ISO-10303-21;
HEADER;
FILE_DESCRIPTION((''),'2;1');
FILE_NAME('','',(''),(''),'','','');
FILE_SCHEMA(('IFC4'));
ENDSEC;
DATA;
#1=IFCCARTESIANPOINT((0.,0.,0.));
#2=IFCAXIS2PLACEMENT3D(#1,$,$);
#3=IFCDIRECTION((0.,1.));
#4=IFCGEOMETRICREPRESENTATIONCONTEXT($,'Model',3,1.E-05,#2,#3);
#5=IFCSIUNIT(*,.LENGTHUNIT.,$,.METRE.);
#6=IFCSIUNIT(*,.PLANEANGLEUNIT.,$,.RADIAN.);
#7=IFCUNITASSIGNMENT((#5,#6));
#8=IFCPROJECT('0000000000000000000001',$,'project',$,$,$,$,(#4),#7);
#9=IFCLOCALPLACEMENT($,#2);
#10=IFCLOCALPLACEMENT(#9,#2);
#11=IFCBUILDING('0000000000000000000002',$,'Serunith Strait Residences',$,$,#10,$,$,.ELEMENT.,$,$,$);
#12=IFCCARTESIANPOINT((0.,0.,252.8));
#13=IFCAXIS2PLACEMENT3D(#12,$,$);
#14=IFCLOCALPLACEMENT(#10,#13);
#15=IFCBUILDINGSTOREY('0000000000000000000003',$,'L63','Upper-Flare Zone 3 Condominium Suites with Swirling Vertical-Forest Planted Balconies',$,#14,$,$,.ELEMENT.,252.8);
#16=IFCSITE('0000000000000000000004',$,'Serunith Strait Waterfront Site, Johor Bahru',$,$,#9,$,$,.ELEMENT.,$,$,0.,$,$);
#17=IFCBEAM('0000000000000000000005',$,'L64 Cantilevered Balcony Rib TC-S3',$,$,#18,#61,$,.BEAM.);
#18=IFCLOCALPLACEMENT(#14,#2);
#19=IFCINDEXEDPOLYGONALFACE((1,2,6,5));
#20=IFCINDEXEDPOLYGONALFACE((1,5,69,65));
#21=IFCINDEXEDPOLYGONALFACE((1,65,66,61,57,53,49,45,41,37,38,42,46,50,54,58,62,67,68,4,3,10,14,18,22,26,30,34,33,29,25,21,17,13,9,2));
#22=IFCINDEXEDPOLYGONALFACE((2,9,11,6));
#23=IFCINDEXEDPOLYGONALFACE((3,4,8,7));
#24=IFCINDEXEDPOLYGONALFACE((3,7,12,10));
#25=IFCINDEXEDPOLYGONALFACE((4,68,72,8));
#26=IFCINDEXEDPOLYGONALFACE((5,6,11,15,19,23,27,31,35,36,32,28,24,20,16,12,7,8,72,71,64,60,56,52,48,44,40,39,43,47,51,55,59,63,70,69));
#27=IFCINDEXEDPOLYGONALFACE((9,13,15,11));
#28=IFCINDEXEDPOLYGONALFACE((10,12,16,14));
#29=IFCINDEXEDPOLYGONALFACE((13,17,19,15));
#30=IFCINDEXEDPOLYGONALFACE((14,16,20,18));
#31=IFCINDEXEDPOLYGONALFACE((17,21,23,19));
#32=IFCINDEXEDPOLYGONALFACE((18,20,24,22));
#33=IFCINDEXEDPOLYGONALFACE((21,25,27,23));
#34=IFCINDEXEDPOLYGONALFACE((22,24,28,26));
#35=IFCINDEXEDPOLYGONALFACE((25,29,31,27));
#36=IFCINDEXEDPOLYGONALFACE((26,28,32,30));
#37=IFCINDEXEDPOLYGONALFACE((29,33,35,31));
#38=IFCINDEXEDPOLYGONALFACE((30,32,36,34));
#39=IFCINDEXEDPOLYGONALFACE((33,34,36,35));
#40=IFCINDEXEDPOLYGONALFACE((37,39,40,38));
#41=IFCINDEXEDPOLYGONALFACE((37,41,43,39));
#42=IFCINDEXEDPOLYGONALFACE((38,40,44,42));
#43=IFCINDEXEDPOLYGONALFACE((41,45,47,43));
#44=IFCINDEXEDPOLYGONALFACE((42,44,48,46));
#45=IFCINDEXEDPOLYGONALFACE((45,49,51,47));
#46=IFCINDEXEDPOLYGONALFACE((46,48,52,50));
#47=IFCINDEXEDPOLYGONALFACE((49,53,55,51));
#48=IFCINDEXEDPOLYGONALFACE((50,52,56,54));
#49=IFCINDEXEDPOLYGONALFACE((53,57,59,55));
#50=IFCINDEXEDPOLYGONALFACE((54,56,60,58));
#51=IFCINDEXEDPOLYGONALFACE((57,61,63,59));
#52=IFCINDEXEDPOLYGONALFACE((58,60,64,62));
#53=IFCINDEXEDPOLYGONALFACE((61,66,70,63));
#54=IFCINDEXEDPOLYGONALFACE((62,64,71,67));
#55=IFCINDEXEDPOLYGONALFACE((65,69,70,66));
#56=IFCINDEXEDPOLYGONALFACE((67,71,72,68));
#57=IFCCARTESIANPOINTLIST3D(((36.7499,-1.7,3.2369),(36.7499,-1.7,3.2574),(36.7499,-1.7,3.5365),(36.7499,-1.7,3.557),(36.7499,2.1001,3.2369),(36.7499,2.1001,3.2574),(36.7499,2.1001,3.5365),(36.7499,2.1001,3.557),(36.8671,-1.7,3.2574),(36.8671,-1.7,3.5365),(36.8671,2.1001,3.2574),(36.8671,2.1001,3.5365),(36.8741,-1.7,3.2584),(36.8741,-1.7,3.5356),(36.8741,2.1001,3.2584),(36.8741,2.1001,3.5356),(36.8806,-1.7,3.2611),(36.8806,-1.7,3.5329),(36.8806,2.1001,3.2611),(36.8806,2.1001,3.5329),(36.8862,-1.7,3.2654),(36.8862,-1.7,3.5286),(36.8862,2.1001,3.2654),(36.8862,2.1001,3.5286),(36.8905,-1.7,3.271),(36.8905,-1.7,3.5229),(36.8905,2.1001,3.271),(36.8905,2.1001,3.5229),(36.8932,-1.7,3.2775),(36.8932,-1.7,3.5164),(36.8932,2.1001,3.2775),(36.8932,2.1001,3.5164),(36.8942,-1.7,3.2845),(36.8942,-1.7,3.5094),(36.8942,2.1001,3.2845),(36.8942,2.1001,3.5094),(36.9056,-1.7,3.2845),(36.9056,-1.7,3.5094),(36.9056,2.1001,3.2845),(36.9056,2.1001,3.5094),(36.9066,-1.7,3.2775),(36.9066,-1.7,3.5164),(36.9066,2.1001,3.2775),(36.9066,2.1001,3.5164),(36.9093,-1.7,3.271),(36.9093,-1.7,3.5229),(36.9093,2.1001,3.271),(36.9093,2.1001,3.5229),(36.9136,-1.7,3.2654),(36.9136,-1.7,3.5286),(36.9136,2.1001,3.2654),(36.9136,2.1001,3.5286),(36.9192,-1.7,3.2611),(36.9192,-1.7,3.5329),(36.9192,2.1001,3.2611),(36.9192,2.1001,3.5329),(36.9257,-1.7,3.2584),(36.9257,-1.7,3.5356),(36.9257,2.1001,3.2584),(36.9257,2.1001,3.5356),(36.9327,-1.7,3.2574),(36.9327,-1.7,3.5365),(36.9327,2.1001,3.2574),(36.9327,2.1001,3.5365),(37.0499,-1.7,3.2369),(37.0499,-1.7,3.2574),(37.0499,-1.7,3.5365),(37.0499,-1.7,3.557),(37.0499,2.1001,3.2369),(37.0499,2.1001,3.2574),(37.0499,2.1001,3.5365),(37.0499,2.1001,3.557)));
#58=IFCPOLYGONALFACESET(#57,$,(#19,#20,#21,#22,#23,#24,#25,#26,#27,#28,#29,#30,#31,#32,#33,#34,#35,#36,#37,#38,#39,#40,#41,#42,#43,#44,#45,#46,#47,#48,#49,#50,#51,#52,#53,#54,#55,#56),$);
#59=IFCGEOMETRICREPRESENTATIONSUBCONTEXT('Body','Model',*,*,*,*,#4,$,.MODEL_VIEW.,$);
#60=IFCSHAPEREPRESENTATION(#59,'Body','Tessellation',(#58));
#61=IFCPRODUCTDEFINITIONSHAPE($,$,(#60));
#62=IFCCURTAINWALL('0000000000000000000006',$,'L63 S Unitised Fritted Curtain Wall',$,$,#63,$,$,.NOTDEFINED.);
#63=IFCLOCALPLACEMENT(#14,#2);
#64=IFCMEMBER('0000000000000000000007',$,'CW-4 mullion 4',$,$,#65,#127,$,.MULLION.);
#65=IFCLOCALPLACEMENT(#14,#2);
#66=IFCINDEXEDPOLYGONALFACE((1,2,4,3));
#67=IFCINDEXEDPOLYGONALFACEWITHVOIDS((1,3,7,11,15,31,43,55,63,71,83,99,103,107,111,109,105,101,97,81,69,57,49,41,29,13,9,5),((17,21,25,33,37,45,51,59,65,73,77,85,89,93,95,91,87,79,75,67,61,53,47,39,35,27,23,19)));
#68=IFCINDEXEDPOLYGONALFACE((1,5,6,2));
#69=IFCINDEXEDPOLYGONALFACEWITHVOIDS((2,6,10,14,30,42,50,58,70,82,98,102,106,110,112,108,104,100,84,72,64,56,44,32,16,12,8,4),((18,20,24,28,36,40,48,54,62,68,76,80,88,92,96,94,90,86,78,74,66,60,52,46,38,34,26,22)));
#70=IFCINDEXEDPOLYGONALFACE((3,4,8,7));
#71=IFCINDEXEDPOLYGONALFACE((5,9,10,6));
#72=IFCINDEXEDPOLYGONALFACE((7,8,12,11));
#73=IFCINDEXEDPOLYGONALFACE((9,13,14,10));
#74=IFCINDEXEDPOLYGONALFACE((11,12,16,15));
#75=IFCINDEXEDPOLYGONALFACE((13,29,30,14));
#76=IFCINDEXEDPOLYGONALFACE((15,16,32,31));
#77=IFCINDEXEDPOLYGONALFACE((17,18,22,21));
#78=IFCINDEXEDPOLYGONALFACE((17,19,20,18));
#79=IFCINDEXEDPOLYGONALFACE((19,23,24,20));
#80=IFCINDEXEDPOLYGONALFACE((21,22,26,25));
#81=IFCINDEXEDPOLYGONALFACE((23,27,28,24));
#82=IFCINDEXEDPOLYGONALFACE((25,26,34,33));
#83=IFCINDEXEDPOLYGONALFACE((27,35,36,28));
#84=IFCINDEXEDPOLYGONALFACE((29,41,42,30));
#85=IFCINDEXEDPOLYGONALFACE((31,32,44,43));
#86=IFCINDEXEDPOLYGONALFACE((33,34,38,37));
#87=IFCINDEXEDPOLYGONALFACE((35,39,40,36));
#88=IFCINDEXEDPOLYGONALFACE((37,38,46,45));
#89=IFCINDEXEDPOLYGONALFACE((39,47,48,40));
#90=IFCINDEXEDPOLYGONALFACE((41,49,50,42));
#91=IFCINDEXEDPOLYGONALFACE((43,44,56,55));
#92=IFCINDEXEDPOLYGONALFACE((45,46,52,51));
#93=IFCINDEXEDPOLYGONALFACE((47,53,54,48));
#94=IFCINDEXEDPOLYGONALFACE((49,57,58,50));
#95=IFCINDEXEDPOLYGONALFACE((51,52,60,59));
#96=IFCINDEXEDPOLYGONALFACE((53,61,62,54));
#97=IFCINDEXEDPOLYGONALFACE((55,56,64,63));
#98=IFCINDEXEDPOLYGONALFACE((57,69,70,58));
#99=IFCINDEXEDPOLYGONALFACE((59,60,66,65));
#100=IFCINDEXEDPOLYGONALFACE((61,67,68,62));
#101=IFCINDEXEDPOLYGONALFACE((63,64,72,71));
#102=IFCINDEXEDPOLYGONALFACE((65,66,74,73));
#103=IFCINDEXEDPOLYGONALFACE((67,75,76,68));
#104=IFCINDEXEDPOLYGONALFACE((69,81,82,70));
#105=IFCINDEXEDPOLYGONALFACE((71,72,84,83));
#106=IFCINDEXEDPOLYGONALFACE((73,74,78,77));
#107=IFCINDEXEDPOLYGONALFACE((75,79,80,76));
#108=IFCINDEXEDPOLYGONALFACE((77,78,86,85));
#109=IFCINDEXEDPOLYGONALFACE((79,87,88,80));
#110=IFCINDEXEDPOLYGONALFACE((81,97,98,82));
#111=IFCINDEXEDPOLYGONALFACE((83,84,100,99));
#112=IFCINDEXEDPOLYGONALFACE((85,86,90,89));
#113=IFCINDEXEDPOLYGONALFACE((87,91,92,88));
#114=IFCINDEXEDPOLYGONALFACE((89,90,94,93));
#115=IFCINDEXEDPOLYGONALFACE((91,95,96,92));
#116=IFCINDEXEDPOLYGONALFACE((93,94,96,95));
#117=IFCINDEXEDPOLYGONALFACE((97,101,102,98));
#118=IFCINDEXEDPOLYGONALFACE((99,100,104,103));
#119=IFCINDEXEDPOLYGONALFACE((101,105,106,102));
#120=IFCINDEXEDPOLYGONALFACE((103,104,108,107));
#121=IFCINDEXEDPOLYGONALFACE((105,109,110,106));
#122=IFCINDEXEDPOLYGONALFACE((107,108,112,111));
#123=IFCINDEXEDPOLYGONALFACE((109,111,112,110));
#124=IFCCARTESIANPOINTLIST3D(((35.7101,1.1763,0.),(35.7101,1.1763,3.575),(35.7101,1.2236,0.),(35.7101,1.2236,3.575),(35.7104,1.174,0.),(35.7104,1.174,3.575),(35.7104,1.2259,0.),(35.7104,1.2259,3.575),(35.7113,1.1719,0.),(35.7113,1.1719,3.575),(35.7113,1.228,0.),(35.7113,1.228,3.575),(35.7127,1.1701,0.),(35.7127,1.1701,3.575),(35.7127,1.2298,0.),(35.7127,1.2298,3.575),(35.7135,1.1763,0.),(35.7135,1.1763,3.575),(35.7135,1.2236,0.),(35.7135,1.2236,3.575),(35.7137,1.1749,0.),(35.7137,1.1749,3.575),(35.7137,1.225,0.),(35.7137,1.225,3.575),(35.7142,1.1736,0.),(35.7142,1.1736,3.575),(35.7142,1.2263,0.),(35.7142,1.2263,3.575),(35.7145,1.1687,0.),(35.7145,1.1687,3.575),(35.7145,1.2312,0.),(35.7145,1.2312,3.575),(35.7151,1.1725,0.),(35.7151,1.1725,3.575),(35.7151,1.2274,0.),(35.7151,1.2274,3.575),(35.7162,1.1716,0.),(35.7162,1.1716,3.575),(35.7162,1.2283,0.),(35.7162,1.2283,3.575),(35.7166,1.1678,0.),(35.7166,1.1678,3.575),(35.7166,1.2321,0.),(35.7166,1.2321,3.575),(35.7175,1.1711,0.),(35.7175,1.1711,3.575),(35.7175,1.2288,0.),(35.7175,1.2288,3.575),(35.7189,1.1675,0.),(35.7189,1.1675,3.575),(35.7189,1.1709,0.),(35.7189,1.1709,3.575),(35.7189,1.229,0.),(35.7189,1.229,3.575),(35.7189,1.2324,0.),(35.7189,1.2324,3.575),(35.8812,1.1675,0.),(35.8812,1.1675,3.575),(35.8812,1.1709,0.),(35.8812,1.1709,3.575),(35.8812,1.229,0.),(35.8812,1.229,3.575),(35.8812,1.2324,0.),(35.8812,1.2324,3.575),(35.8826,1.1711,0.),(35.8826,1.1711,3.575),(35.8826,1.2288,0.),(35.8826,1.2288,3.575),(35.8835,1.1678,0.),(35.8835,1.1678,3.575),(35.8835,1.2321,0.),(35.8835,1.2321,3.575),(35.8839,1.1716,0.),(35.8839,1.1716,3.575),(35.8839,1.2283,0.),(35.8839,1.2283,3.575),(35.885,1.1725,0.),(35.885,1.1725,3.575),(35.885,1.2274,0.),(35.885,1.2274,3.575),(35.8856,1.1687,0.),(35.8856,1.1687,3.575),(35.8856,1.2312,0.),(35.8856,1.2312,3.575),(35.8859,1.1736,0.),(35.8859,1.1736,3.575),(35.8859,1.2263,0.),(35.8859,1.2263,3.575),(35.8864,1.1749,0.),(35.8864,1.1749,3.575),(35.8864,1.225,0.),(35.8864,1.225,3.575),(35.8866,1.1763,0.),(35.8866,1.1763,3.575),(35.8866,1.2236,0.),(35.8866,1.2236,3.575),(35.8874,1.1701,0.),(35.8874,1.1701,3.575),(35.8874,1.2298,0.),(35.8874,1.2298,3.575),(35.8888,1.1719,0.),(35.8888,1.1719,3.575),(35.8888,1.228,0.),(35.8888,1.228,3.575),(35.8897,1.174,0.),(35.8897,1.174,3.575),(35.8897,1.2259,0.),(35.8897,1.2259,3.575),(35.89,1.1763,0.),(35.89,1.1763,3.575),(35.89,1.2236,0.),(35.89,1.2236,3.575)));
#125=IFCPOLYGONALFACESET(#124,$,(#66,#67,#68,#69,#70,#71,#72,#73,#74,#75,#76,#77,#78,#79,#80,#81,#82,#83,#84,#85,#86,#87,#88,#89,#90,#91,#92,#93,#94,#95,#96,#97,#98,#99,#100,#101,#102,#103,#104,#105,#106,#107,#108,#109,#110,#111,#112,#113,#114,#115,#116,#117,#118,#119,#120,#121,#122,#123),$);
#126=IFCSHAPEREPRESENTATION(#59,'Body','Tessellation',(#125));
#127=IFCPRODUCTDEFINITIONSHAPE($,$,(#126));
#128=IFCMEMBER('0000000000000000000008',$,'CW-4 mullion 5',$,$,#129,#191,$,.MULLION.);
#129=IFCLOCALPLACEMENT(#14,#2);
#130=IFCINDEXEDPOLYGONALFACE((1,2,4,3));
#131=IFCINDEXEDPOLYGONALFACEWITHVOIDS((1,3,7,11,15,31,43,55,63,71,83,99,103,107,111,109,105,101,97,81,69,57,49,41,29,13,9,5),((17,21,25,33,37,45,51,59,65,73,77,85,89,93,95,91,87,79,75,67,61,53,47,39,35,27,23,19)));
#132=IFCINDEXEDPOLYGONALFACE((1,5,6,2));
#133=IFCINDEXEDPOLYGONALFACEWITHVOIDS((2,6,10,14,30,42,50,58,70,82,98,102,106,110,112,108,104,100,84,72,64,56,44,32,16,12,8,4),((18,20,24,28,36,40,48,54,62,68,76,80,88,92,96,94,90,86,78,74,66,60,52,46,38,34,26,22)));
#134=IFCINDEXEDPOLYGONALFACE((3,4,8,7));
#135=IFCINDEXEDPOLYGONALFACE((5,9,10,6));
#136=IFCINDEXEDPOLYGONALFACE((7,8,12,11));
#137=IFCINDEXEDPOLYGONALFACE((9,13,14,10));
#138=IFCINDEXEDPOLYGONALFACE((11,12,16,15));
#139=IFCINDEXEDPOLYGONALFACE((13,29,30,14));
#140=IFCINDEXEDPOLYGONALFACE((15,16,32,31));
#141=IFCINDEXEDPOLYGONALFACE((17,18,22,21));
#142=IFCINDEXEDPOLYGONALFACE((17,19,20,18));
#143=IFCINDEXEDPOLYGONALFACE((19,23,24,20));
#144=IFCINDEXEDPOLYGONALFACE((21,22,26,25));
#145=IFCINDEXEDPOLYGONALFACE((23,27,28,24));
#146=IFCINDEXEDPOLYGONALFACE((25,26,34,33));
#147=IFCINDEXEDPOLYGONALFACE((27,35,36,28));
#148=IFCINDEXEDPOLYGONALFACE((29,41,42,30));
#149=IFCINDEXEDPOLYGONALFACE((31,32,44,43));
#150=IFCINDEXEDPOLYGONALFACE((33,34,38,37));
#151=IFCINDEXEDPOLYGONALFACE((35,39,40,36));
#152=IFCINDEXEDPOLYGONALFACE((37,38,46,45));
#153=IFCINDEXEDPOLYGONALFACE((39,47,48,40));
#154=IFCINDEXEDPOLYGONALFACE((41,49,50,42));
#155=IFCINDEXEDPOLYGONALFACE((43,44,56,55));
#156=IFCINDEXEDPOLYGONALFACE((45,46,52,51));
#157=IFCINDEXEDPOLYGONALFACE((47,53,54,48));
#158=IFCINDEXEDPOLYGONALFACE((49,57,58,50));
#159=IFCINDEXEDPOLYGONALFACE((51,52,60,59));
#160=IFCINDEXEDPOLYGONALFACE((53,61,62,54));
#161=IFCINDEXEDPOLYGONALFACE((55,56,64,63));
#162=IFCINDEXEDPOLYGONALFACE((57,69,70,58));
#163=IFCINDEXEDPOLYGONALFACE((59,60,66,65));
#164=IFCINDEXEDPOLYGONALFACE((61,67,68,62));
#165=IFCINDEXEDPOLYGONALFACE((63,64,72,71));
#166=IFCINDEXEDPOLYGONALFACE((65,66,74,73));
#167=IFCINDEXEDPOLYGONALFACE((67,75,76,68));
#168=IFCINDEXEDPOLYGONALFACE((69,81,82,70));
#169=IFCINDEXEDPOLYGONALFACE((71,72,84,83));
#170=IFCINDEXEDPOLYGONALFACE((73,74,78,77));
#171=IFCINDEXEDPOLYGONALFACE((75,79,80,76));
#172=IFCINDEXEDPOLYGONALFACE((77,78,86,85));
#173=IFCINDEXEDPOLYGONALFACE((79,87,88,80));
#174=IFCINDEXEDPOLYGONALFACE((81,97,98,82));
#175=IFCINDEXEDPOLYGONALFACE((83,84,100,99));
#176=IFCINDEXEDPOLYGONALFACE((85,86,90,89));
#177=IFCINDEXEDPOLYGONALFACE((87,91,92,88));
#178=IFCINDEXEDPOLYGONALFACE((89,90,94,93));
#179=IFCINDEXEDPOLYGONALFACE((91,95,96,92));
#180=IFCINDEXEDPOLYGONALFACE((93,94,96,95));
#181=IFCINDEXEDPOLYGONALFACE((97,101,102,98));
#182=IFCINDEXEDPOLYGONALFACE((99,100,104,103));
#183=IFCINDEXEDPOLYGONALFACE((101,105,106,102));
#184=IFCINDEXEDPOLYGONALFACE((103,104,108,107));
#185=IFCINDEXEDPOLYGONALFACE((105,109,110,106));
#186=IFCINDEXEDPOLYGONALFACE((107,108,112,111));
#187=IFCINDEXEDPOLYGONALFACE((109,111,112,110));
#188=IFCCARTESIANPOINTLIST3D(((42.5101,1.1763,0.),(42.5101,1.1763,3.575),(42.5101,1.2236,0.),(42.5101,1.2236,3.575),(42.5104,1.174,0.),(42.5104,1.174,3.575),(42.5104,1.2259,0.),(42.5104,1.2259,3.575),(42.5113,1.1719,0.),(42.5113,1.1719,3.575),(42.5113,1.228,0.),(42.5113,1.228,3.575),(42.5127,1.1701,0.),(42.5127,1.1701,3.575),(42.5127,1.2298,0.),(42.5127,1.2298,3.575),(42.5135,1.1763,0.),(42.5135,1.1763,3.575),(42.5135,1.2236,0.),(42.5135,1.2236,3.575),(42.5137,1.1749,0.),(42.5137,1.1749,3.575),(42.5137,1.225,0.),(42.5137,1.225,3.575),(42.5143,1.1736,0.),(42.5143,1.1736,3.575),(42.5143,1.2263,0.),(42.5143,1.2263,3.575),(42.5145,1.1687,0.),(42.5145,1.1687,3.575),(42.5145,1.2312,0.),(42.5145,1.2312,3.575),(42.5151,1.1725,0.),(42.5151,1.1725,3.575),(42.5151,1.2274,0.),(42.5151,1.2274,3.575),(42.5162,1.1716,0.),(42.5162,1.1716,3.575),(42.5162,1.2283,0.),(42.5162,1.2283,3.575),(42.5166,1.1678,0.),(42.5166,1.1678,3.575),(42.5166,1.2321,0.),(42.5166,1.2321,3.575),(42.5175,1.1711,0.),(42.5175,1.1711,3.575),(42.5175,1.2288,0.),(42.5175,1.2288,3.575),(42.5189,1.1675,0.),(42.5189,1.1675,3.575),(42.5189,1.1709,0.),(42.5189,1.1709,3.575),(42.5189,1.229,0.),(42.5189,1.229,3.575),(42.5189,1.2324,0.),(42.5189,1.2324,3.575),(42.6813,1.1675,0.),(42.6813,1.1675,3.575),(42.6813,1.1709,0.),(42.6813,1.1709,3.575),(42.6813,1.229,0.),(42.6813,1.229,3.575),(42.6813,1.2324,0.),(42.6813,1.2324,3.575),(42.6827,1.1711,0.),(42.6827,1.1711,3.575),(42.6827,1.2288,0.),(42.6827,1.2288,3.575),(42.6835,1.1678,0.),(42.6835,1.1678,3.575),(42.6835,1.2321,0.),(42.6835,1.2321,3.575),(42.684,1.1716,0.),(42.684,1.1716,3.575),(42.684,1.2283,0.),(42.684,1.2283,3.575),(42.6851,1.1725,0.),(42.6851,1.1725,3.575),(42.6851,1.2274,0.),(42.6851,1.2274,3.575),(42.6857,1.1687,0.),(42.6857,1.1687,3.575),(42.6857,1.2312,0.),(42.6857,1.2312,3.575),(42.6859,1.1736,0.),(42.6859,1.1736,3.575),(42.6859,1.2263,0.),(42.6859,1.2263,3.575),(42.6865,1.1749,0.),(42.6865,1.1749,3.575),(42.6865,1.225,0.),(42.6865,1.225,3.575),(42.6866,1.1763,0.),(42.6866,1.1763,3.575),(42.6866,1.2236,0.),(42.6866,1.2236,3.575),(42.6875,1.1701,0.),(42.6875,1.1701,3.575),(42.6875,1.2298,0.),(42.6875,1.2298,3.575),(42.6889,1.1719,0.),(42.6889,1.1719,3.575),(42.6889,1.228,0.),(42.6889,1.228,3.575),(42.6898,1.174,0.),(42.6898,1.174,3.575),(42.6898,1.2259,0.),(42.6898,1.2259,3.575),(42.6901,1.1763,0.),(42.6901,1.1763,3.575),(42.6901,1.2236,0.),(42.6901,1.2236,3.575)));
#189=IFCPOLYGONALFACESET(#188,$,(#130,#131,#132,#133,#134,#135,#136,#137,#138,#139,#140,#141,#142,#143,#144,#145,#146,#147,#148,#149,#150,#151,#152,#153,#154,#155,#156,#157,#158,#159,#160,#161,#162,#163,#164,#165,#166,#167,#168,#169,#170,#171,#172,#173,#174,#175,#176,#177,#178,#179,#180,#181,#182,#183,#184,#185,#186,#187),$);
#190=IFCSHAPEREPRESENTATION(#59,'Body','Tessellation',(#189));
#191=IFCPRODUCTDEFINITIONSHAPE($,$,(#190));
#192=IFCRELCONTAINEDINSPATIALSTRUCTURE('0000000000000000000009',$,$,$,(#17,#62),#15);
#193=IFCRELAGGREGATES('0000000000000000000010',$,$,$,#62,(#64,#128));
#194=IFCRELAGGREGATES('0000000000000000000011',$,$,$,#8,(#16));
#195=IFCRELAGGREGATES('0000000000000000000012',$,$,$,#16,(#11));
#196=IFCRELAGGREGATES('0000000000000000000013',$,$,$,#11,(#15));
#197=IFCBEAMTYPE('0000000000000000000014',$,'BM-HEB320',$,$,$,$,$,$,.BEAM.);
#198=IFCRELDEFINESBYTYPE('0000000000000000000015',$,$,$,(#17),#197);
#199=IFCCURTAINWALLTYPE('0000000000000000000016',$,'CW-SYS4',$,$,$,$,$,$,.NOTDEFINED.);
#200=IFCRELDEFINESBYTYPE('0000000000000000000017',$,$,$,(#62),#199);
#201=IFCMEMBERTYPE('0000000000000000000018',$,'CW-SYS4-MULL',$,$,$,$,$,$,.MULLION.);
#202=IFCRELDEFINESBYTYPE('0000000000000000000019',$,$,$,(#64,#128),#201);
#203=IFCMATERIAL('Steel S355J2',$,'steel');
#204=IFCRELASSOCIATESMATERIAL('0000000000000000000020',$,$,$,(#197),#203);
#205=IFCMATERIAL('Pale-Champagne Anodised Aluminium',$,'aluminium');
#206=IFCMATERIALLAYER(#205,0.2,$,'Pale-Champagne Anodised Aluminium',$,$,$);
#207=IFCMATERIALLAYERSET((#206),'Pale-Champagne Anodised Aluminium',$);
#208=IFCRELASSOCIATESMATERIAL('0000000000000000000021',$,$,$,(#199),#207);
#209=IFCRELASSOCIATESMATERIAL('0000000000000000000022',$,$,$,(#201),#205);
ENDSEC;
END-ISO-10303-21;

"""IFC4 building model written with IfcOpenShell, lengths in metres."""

from ifc_helpers import new_model, si_unit, direction, frame, origin, origin_2d, place, context, subcontext, project, spatial, hollow_rectangle, i_section, extrude, source, transform, mapped, material, layer, layer_set, material_profile, profile_set, type_object, element, aggregate, save


model = new_model("IFC4")

# Units and contexts
model_context = context("Model", 3, precision=1e-05, world=origin(), true_north=direction((0.0, 1.0)))
body_context = subcontext(model_context, "Body", "Model", "MODEL_VIEW")
ifc_project = project(units=[si_unit("LENGTHUNIT", "METRE"), si_unit("PLANEANGLEUNIT", "RADIAN")], contexts=[model_context])

# Site, building, storey
site_placement = place(None, origin())
site = spatial("IfcSite", under=ifc_project, at=site_placement, Name="Serunith Strait Waterfront Site, Johor Bahru", CompositionType="ELEMENT", RefElevation=0.0)
building_placement = place(site_placement, origin())
building = spatial("IfcBuilding", under=site, at=building_placement, Name="Serunith Strait Residences", CompositionType="ELEMENT")
storey_placement = place(building_placement, frame((0.0, 0.0, 252.8)))
storey = spatial("IfcBuildingStorey", under=building, at=storey_placement, Name="L63", Description="Upper-Flare Zone 3 Condominium Suites with Swirling Vertical-Forest Planted Balconies", CompositionType="ELEMENT", Elevation=252.8)

# Beam
ifc_material_1 = material(Name="Steel S355J2", Category="steel")
ifc_material_profile_1 = material_profile(ifc_material_1, i_section(OverallWidth=0.3, OverallDepth=0.3201, WebThickness=0.0115, FlangeThickness=0.0205, FilletRadius=0.0271, at=origin_2d()), Name="HEB 320")
ifc_profile_set_1 = profile_set([ifc_material_profile_1], Name="Steel S355J2")
beam_type_1 = type_object("IfcBeamType", Name="BM-HEB320", PredefinedType="BEAM", material=ifc_profile_set_1)
shared_shape_1 = source(origin(), body_context, "Body", "SweptSolid", [
    extrude(i_section(OverallWidth=0.3, OverallDepth=0.3201, WebThickness=0.0115, FlangeThickness=0.0205, FilletRadius=0.0271, at=origin_2d()), origin(), (0.0, 0.0, 1.0), 3.8),
])
beam_1_placement = place(storey_placement, frame((36.8999, 2.1001, 3.397), z_axis=(0.0, -1.0, 0.0), x_axis=(1.0, 0.0, 0.0)))
element("IfcBeam", 1, at=beam_1_placement, inside=storey, type_object=beam_type_1, Name="L64 Cantilevered Balcony Rib TC-S3", PredefinedType="BEAM", context=body_context, shape_type="MappedRepresentation", body=[
    mapped(shared_shape_1, transform((0.0, 0.0, 0.0), scale=1.0)),
])

# Curtain wall, members
ifc_material_2 = material(Name="Pale-Champagne Anodised Aluminium", Category="aluminium")
ifc_layer_1 = layer(ifc_material_2, 0.2, Name="Pale-Champagne Anodised Aluminium")
ifc_layer_set_1 = layer_set([ifc_layer_1], Name="Pale-Champagne Anodised Aluminium")
curtain_wall_type = type_object("IfcCurtainWallType", Name="CW-SYS4", PredefinedType="NOTDEFINED", material=ifc_layer_set_1)
curtain_wall_placement = place(storey_placement, origin())
curtain_wall = element("IfcCurtainWall", 2, at=curtain_wall_placement, inside=storey, type_object=curtain_wall_type, Name="L63 S Unitised Fritted Curtain Wall", PredefinedType="NOTDEFINED")
ifc_material_profile_2 = material_profile(ifc_material_2, hollow_rectangle(XDim=0.0649, YDim=0.1799, WallThickness=0.0034, InnerFilletRadius=0.0054, OuterFilletRadius=0.0088, at=origin_2d()), Name="ALU 180x65x3.5")
ifc_profile_set_2 = profile_set([ifc_material_profile_2], Name="Pale-Champagne Anodised Aluminium")
member_type_1 = type_object("IfcMemberType", Name="CW-SYS4-MULL", PredefinedType="MULLION", material=ifc_profile_set_2)
shared_shape_2 = source(origin(), body_context, "Body", "SweptSolid", [
    extrude(hollow_rectangle(XDim=0.0649, YDim=0.1799, WallThickness=0.0034, InnerFilletRadius=0.0054, OuterFilletRadius=0.0088, at=origin_2d()), origin(), (0.0, 0.0, 1.0), 3.575),
])
member_1_placement = place(storey_placement, frame((35.8, 1.2, 0.0), z_axis=(0.0, 0.0, 1.0), x_axis=(0.0, 1.0, 0.0)))
member_1 = element("IfcMember", 3, at=member_1_placement, type_object=member_type_1, Name="CW-4 mullion 4", PredefinedType="MULLION", context=body_context, shape_type="MappedRepresentation", body=[
    mapped(shared_shape_2, transform((0.0, 0.0, 0.0), scale=1.0)),
])
member_2_placement = place(storey_placement, frame((42.6001, 1.2, 0.0), z_axis=(0.0, 0.0, 1.0), x_axis=(0.0, 1.0, 0.0)))
member_2 = element("IfcMember", 4, at=member_2_placement, type_object=member_type_1, Name="CW-4 mullion 5", PredefinedType="MULLION", context=body_context, shape_type="MappedRepresentation", body=[
    mapped(shared_shape_2, transform((0.0, 0.0, 0.0), scale=1.0)),
])
aggregate(curtain_wall, [member_1, member_2])

save(model, "model.ifc")
